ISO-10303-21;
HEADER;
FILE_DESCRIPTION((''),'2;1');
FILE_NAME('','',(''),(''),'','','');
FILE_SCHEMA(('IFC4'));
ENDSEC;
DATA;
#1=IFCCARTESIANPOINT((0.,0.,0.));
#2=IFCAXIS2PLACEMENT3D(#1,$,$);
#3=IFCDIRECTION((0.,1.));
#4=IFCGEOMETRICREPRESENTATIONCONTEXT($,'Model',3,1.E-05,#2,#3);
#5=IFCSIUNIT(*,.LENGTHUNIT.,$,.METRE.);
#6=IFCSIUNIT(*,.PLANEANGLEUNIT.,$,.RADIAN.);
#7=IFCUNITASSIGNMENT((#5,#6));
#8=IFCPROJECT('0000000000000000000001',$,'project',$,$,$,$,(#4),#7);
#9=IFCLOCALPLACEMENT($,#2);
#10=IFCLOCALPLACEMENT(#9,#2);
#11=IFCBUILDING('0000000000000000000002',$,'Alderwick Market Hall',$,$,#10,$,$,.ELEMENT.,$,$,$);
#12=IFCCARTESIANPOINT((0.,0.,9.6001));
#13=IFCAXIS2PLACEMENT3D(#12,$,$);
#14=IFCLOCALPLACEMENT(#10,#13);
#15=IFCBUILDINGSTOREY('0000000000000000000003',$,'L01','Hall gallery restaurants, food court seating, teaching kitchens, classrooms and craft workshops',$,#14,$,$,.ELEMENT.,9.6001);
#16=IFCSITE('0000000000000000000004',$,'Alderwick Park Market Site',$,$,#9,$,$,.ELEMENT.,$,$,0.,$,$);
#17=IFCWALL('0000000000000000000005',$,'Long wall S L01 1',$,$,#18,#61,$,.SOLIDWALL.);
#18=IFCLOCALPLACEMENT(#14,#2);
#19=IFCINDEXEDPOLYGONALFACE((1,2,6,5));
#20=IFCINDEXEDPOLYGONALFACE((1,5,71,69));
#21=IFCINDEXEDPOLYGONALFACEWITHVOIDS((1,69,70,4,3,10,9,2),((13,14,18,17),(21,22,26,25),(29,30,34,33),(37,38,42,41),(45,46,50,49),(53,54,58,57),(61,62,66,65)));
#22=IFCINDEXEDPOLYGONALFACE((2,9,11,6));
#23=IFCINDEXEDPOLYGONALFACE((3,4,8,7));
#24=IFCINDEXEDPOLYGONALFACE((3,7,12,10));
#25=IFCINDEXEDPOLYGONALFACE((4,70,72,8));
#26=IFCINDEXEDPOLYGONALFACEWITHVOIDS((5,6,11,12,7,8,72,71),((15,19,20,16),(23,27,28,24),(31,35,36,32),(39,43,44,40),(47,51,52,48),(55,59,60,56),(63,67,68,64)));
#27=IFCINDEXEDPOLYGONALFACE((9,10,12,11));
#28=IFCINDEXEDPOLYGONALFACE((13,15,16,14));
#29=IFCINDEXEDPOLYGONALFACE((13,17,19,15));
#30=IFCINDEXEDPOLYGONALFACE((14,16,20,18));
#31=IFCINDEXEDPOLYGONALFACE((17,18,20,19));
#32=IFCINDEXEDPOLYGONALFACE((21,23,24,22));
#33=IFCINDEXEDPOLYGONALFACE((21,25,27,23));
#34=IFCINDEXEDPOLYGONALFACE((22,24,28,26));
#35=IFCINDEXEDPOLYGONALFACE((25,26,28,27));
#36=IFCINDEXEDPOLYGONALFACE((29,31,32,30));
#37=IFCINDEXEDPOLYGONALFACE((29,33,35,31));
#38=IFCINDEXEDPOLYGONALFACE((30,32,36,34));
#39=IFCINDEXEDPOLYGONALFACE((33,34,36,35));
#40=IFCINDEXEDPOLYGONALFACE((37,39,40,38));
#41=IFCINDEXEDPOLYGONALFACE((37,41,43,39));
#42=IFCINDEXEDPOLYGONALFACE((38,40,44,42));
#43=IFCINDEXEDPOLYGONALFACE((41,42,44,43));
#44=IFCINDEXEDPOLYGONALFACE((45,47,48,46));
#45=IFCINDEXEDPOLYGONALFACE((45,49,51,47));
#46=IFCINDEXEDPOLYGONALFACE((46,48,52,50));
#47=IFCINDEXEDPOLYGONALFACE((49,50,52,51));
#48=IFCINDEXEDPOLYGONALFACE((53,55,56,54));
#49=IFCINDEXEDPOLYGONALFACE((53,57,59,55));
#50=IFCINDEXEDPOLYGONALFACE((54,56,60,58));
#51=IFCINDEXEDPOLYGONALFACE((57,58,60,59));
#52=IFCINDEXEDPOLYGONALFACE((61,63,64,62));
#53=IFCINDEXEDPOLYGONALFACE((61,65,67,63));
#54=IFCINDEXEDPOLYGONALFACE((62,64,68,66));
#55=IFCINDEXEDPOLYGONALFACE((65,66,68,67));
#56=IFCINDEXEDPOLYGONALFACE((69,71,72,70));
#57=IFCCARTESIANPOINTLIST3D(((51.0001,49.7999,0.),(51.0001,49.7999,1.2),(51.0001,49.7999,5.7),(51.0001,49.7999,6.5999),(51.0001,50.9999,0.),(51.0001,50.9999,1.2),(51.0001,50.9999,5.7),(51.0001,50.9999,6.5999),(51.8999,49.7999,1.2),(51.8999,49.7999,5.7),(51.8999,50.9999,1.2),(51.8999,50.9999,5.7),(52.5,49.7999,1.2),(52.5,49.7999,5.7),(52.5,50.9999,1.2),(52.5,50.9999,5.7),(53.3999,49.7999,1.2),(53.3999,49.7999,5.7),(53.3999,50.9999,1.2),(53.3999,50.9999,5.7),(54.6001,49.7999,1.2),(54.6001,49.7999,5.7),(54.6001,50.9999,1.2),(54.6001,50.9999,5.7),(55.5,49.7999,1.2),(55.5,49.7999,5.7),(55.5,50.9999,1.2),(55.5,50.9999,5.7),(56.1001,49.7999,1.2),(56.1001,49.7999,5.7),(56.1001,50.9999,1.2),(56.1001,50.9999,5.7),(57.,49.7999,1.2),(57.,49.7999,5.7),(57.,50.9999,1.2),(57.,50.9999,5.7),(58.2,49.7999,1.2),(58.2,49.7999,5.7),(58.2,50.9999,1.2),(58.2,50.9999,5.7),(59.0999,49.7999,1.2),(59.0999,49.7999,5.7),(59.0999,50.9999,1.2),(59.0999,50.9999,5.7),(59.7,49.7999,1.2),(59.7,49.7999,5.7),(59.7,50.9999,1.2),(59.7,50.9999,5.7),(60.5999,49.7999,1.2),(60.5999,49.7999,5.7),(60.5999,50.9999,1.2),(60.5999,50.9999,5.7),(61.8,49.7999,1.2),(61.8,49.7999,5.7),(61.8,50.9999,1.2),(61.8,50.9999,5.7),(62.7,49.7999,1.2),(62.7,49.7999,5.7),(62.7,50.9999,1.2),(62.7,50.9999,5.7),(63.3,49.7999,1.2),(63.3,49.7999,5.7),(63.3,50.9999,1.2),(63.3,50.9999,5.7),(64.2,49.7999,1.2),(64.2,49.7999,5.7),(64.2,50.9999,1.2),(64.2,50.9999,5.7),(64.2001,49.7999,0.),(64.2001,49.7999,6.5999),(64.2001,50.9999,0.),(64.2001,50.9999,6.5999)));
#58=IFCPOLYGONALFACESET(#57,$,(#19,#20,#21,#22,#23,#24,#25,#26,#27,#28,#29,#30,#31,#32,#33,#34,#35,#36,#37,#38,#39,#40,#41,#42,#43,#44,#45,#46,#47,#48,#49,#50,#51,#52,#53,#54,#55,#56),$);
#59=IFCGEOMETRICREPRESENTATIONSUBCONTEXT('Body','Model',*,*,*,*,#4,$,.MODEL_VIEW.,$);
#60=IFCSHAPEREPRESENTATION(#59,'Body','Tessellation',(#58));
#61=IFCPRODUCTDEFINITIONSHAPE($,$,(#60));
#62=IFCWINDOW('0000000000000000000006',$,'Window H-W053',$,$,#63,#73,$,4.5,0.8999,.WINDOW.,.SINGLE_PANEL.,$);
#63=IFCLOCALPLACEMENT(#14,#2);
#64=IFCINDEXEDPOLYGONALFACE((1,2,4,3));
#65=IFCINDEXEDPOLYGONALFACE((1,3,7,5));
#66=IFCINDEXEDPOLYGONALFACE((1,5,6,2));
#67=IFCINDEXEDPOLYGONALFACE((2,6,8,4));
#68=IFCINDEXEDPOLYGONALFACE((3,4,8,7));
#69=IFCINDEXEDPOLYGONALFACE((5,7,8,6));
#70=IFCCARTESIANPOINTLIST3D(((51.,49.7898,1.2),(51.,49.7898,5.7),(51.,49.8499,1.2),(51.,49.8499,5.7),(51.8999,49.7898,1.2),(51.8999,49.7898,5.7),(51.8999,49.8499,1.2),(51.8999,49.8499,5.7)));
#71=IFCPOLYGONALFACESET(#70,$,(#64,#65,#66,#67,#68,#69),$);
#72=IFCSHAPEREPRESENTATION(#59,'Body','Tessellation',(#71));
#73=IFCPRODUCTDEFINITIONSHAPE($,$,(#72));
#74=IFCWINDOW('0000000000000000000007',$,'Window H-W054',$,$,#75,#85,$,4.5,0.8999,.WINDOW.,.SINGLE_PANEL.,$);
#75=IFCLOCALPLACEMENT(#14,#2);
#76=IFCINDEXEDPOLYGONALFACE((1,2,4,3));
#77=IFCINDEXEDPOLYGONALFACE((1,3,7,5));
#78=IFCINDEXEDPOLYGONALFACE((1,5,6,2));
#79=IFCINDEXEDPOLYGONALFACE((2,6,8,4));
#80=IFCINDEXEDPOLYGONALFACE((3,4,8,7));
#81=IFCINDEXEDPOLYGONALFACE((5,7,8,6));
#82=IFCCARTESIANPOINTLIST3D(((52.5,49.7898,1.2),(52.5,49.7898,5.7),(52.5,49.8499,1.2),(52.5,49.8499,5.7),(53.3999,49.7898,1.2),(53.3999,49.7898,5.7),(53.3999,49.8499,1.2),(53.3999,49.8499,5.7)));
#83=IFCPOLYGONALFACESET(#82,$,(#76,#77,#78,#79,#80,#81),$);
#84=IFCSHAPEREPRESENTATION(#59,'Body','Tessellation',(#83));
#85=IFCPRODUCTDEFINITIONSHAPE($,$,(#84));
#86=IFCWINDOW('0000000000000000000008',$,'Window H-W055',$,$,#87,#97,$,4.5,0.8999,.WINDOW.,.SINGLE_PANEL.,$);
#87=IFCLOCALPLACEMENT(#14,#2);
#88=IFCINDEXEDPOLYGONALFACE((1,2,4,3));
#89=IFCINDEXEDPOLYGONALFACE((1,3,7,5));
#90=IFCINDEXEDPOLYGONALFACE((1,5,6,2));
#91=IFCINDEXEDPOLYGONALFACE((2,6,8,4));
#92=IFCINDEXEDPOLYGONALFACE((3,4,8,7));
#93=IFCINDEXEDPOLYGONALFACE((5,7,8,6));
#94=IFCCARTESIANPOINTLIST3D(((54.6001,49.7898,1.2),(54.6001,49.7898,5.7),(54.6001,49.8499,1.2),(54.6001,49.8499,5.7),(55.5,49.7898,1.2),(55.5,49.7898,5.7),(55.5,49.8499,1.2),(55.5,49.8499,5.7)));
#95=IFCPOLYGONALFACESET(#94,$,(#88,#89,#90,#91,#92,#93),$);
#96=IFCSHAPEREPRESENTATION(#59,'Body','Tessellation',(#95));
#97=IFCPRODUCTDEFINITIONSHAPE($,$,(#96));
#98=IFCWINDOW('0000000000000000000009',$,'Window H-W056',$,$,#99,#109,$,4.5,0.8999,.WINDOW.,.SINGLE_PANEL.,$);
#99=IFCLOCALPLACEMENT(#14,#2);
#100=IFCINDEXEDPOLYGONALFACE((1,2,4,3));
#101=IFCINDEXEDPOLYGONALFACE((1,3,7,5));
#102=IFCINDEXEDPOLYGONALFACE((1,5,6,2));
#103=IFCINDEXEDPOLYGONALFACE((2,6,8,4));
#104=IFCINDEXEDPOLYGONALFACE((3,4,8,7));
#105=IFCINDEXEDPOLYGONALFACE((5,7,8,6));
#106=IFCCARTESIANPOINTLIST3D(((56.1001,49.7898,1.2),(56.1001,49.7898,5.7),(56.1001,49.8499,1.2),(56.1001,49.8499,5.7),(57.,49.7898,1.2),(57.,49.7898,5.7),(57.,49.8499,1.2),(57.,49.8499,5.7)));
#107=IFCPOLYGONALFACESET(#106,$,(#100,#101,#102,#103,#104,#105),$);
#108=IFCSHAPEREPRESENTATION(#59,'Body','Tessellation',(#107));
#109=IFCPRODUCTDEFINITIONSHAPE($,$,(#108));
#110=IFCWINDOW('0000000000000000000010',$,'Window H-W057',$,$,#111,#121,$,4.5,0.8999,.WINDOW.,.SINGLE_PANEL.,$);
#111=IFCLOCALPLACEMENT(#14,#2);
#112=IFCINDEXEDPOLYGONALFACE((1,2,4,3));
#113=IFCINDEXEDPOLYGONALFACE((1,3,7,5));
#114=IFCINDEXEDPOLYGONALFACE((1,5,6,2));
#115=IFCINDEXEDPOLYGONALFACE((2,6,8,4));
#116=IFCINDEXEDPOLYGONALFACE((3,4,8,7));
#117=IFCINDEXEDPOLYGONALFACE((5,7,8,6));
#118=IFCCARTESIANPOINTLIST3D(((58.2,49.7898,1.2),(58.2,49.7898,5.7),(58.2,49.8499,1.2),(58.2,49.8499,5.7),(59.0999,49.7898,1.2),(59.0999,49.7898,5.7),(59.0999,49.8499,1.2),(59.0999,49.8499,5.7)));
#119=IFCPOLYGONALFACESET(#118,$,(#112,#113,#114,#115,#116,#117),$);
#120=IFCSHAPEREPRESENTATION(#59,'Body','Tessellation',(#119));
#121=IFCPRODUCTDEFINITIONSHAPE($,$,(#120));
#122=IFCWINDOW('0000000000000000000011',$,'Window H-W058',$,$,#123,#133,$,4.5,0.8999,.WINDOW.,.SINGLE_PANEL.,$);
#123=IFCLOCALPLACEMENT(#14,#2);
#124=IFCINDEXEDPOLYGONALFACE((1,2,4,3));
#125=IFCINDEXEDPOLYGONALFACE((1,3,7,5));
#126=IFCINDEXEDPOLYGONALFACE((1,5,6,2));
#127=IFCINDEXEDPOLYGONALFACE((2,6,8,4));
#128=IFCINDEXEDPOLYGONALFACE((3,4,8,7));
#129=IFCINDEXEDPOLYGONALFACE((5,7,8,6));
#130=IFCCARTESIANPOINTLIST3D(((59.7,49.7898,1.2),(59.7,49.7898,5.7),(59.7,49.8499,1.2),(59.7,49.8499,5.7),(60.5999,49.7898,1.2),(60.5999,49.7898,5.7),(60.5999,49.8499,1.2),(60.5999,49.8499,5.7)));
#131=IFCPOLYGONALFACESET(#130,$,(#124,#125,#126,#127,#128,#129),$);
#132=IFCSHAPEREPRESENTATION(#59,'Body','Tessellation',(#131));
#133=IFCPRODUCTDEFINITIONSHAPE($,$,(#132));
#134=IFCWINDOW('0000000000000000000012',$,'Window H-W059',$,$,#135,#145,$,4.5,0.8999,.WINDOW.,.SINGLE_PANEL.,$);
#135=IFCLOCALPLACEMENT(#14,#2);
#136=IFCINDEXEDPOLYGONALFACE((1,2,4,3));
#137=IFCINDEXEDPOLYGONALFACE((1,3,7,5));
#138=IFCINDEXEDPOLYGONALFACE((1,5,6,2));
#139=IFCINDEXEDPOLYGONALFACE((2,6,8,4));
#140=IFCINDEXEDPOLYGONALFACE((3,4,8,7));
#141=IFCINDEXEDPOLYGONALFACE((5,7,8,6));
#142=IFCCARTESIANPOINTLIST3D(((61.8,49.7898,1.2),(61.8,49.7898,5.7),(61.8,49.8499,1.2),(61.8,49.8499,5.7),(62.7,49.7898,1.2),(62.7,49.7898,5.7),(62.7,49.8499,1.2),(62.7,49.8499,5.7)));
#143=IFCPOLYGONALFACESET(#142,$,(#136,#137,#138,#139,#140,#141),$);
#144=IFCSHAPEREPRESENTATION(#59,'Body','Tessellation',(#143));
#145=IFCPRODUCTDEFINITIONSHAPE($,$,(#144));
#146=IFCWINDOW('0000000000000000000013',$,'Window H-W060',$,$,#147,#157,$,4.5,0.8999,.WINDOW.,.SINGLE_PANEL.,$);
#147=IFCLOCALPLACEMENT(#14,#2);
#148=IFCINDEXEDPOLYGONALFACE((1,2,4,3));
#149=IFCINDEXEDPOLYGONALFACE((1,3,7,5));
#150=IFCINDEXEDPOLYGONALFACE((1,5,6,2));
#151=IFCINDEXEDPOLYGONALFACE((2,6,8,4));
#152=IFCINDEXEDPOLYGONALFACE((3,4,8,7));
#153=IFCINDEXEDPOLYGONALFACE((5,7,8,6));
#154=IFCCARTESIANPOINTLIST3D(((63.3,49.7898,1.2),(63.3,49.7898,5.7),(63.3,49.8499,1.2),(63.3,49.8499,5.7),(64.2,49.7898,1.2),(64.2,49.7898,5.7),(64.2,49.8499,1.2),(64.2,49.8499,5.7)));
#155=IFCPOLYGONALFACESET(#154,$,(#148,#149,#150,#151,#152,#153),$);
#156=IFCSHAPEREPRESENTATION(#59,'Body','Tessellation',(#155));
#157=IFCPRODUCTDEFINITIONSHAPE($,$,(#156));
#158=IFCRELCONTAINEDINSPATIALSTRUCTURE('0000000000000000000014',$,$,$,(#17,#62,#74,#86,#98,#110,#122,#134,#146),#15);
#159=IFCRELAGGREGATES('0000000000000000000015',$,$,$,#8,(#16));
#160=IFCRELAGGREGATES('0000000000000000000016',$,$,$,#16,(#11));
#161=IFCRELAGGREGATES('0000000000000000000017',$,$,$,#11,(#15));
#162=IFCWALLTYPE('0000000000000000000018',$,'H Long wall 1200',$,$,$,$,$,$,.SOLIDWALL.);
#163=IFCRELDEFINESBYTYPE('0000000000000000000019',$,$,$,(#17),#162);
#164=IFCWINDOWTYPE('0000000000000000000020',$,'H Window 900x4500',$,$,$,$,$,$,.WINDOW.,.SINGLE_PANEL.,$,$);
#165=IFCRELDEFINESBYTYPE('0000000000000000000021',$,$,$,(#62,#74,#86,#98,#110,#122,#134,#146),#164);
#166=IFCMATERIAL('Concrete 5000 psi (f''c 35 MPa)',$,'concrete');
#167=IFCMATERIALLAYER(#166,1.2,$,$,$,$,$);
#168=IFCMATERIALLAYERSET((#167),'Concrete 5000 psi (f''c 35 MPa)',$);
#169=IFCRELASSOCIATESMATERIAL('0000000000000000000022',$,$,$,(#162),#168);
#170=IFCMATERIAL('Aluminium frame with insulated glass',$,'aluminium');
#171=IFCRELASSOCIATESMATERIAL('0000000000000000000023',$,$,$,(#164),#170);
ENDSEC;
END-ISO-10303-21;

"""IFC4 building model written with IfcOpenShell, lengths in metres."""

from ifc_helpers import new_model, si_unit, direction, frame, frame_2d, origin, place, context, subcontext, project, spatial, rectangle, extrude, material, layer, layer_set, type_object, element, fill, save


model = new_model("IFC4")

# Units and contexts
model_context = context("Model", 3, precision=1e-05, world=origin(), true_north=direction((0.0, 1.0)))
body_context = subcontext(model_context, "Body", "Model", "MODEL_VIEW")
ifc_project = project(units=[si_unit("LENGTHUNIT", "METRE"), si_unit("PLANEANGLEUNIT", "RADIAN")], contexts=[model_context])

# Site, building, storey
site_placement = place(None, origin())
site = spatial("IfcSite", under=ifc_project, at=site_placement, Name="Alderwick Park Market Site", CompositionType="ELEMENT", RefElevation=0.0)
building_placement = place(site_placement, origin())
building = spatial("IfcBuilding", under=site, at=building_placement, Name="Alderwick Market Hall", CompositionType="ELEMENT")
storey_placement = place(building_placement, frame((0.0, 0.0, 9.6001)))
storey = spatial("IfcBuildingStorey", under=building, at=storey_placement, Name="L01", Description="Hall gallery restaurants, food court seating, teaching kitchens, classrooms and craft workshops", CompositionType="ELEMENT", Elevation=9.6001)

# Shared definitions
ifc_material_1 = material(Name="Concrete 5000 psi (f'c 35 MPa)", Category="concrete")

# Wall, openings, windows
ifc_layer_1 = layer(ifc_material_1, 1.2)
ifc_layer_set_1 = layer_set([ifc_layer_1], Name="Concrete 5000 psi (f'c 35 MPa)")
wall_type_1 = type_object("IfcWallType", Name="H Long wall 1200", PredefinedType="SOLIDWALL", material=ifc_layer_set_1)
wall_1_placement = place(storey_placement, frame((51.0, 50.3999, 0.0), z_axis=(0.0, 0.0, 1.0), x_axis=(1.0, 0.0, 0.0)))
wall_1 = element("IfcWall", 1, at=wall_1_placement, inside=storey, type_object=wall_type_1, Name="Long wall S L01 1", PredefinedType="SOLIDWALL", context=body_context, shape_type="SweptSolid", body=[
    extrude(rectangle(XDim=13.2, YDim=1.2, at=frame_2d((6.6001, 0.0))), origin(), (0.0, 0.0, 1.0), 6.5999),
])
opening_1_placement = place(wall_1_placement, frame((0.0, 0.0, 1.2)))
opening_1 = element("IfcOpeningElement", 2, at=opening_1_placement, cuts=wall_1, PredefinedType="OPENING", context=body_context, shape_type="SweptSolid", body=[
    extrude(rectangle(XDim=0.8999, YDim=4.5, at=frame_2d((0.45, 2.25))), frame((0.0, 0.6099, 0.0), z_axis=(0.0, -1.0, 0.0), x_axis=(1.0, 0.0, 0.0)), (0.0, 0.0, 1.0), 1.22),
])
opening_2_placement = place(wall_1_placement, frame((1.5, 0.0, 1.2)))
opening_2 = element("IfcOpeningElement", 3, at=opening_2_placement, cuts=wall_1, PredefinedType="OPENING", context=body_context, shape_type="SweptSolid", body=[
    extrude(rectangle(XDim=0.8999, YDim=4.5, at=frame_2d((0.45, 2.25))), frame((0.0, 0.6099, 0.0), z_axis=(0.0, -1.0, 0.0), x_axis=(1.0, 0.0, 0.0)), (0.0, 0.0, 1.0), 1.22),
])
opening_3_placement = place(wall_1_placement, frame((3.6001, 0.0, 1.2)))
opening_3 = element("IfcOpeningElement", 4, at=opening_3_placement, cuts=wall_1, PredefinedType="OPENING", context=body_context, shape_type="SweptSolid", body=[
    extrude(rectangle(XDim=0.8999, YDim=4.5, at=frame_2d((0.45, 2.25))), frame((0.0, 0.6099, 0.0), z_axis=(0.0, -1.0, 0.0), x_axis=(1.0, 0.0, 0.0)), (0.0, 0.0, 1.0), 1.22),
])
opening_4_placement = place(wall_1_placement, frame((5.1001, 0.0, 1.2)))
opening_4 = element("IfcOpeningElement", 5, at=opening_4_placement, cuts=wall_1, PredefinedType="OPENING", context=body_context, shape_type="SweptSolid", body=[
    extrude(rectangle(XDim=0.8999, YDim=4.5, at=frame_2d((0.45, 2.25))), frame((0.0, 0.6099, 0.0), z_axis=(0.0, -1.0, 0.0), x_axis=(1.0, 0.0, 0.0)), (0.0, 0.0, 1.0), 1.22),
])
opening_5_placement = place(wall_1_placement, frame((7.2, 0.0, 1.2)))
opening_5 = element("IfcOpeningElement", 6, at=opening_5_placement, cuts=wall_1, PredefinedType="OPENING", context=body_context, shape_type="SweptSolid", body=[
    extrude(rectangle(XDim=0.8999, YDim=4.5, at=frame_2d((0.45, 2.25))), frame((0.0, 0.6099, 0.0), z_axis=(0.0, -1.0, 0.0), x_axis=(1.0, 0.0, 0.0)), (0.0, 0.0, 1.0), 1.22),
])
opening_6_placement = place(wall_1_placement, frame((8.7, 0.0, 1.2)))
opening_6 = element("IfcOpeningElement", 7, at=opening_6_placement, cuts=wall_1, PredefinedType="OPENING", context=body_context, shape_type="SweptSolid", body=[
    extrude(rectangle(XDim=0.8999, YDim=4.5, at=frame_2d((0.45, 2.25))), frame((0.0, 0.6099, 0.0), z_axis=(0.0, -1.0, 0.0), x_axis=(1.0, 0.0, 0.0)), (0.0, 0.0, 1.0), 1.22),
])
opening_7_placement = place(wall_1_placement, frame((10.8, 0.0, 1.2)))
opening_7 = element("IfcOpeningElement", 8, at=opening_7_placement, cuts=wall_1, PredefinedType="OPENING", context=body_context, shape_type="SweptSolid", body=[
    extrude(rectangle(XDim=0.8999, YDim=4.5, at=frame_2d((0.45, 2.25))), frame((0.0, 0.6099, 0.0), z_axis=(0.0, -1.0, 0.0), x_axis=(1.0, 0.0, 0.0)), (0.0, 0.0, 1.0), 1.22),
])
opening_8_placement = place(wall_1_placement, frame((12.3, 0.0, 1.2)))
opening_8 = element("IfcOpeningElement", 9, at=opening_8_placement, cuts=wall_1, PredefinedType="OPENING", context=body_context, shape_type="SweptSolid", body=[
    extrude(rectangle(XDim=0.8999, YDim=4.5, at=frame_2d((0.45, 2.25))), frame((0.0, 0.6099, 0.0), z_axis=(0.0, -1.0, 0.0), x_axis=(1.0, 0.0, 0.0)), (0.0, 0.0, 1.0), 1.22),
])
ifc_material_2 = material(Name="Aluminium frame with insulated glass", Category="aluminium")
window_type = type_object("IfcWindowType", Name="H Window 900x4500", PartitioningType="SINGLE_PANEL", PredefinedType="WINDOW", material=ifc_material_2)
window_1_placement = place(opening_1_placement, origin())
window_1 = element("IfcWindow", 10, at=window_1_placement, inside=storey, type_object=window_type, Name="Window H-W053", OverallHeight=4.5, OverallWidth=0.8999, PartitioningType="SINGLE_PANEL", PredefinedType="WINDOW", context=body_context, shape_type="SweptSolid", body=[
    extrude(rectangle(XDim=0.8999, YDim=4.5, at=frame_2d((0.45, 2.25))), frame((0.0, -0.55, 0.0), z_axis=(0.0, -1.0, 0.0), x_axis=(1.0, 0.0, 0.0)), (0.0, 0.0, 1.0), 0.0601),
])
fill(opening_1, window_1)
window_2_placement = place(opening_2_placement, origin())
window_2 = element("IfcWindow", 11, at=window_2_placement, inside=storey, type_object=window_type, Name="Window H-W054", OverallHeight=4.5, OverallWidth=0.8999, PartitioningType="SINGLE_PANEL", PredefinedType="WINDOW", context=body_context, shape_type="SweptSolid", body=[
    extrude(rectangle(XDim=0.8999, YDim=4.5, at=frame_2d((0.45, 2.25))), frame((0.0, -0.55, 0.0), z_axis=(0.0, -1.0, 0.0), x_axis=(1.0, 0.0, 0.0)), (0.0, 0.0, 1.0), 0.0601),
])
fill(opening_2, window_2)
window_3_placement = place(opening_3_placement, origin())
window_3 = element("IfcWindow", 12, at=window_3_placement, inside=storey, type_object=window_type, Name="Window H-W055", OverallHeight=4.5, OverallWidth=0.8999, PartitioningType="SINGLE_PANEL", PredefinedType="WINDOW", context=body_context, shape_type="SweptSolid", body=[
    extrude(rectangle(XDim=0.8999, YDim=4.5, at=frame_2d((0.45, 2.25))), frame((0.0, -0.55, 0.0), z_axis=(0.0, -1.0, 0.0), x_axis=(1.0, 0.0, 0.0)), (0.0, 0.0, 1.0), 0.0601),
])
fill(opening_3, window_3)
window_4_placement = place(opening_4_placement, origin())
window_4 = element("IfcWindow", 13, at=window_4_placement, inside=storey, type_object=window_type, Name="Window H-W056", OverallHeight=4.5, OverallWidth=0.8999, PartitioningType="SINGLE_PANEL", PredefinedType="WINDOW", context=body_context, shape_type="SweptSolid", body=[
    extrude(rectangle(XDim=0.8999, YDim=4.5, at=frame_2d((0.45, 2.25))), frame((0.0, -0.55, 0.0), z_axis=(0.0, -1.0, 0.0), x_axis=(1.0, 0.0, 0.0)), (0.0, 0.0, 1.0), 0.0601),
])
fill(opening_4, window_4)
window_5_placement = place(opening_5_placement, origin())
window_5 = element("IfcWindow", 14, at=window_5_placement, inside=storey, type_object=window_type, Name="Window H-W057", OverallHeight=4.5, OverallWidth=0.8999, PartitioningType="SINGLE_PANEL", PredefinedType="WINDOW", context=body_context, shape_type="SweptSolid", body=[
    extrude(rectangle(XDim=0.8999, YDim=4.5, at=frame_2d((0.45, 2.25))), frame((0.0, -0.55, 0.0), z_axis=(0.0, -1.0, 0.0), x_axis=(1.0, 0.0, 0.0)), (0.0, 0.0, 1.0), 0.0601),
])
fill(opening_5, window_5)
window_6_placement = place(opening_6_placement, origin())
window_6 = element("IfcWindow", 15, at=window_6_placement, inside=storey, type_object=window_type, Name="Window H-W058", OverallHeight=4.5, OverallWidth=0.8999, PartitioningType="SINGLE_PANEL", PredefinedType="WINDOW", context=body_context, shape_type="SweptSolid", body=[
    extrude(rectangle(XDim=0.8999, YDim=4.5, at=frame_2d((0.45, 2.25))), frame((0.0, -0.55, 0.0), z_axis=(0.0, -1.0, 0.0), x_axis=(1.0, 0.0, 0.0)), (0.0, 0.0, 1.0), 0.0601),
])
fill(opening_6, window_6)
window_7_placement = place(opening_7_placement, origin())
window_7 = element("IfcWindow", 16, at=window_7_placement, inside=storey, type_object=window_type, Name="Window H-W059", OverallHeight=4.5, OverallWidth=0.8999, PartitioningType="SINGLE_PANEL", PredefinedType="WINDOW", context=body_context, shape_type="SweptSolid", body=[
    extrude(rectangle(XDim=0.8999, YDim=4.5, at=frame_2d((0.45, 2.25))), frame((0.0, -0.55, 0.0), z_axis=(0.0, -1.0, 0.0), x_axis=(1.0, 0.0, 0.0)), (0.0, 0.0, 1.0), 0.0601),
])
fill(opening_7, window_7)
window_8_placement = place(opening_8_placement, origin())
window_8 = element("IfcWindow", 17, at=window_8_placement, inside=storey, type_object=window_type, Name="Window H-W060", OverallHeight=4.5, OverallWidth=0.8999, PartitioningType="SINGLE_PANEL", PredefinedType="WINDOW", context=body_context, shape_type="SweptSolid", body=[
    extrude(rectangle(XDim=0.8999, YDim=4.5, at=frame_2d((0.45, 2.25))), frame((0.0, -0.55, 0.0), z_axis=(0.0, -1.0, 0.0), x_axis=(1.0, 0.0, 0.0)), (0.0, 0.0, 1.0), 0.0601),
])
fill(opening_8, window_8)

save(model, "model.ifc")
